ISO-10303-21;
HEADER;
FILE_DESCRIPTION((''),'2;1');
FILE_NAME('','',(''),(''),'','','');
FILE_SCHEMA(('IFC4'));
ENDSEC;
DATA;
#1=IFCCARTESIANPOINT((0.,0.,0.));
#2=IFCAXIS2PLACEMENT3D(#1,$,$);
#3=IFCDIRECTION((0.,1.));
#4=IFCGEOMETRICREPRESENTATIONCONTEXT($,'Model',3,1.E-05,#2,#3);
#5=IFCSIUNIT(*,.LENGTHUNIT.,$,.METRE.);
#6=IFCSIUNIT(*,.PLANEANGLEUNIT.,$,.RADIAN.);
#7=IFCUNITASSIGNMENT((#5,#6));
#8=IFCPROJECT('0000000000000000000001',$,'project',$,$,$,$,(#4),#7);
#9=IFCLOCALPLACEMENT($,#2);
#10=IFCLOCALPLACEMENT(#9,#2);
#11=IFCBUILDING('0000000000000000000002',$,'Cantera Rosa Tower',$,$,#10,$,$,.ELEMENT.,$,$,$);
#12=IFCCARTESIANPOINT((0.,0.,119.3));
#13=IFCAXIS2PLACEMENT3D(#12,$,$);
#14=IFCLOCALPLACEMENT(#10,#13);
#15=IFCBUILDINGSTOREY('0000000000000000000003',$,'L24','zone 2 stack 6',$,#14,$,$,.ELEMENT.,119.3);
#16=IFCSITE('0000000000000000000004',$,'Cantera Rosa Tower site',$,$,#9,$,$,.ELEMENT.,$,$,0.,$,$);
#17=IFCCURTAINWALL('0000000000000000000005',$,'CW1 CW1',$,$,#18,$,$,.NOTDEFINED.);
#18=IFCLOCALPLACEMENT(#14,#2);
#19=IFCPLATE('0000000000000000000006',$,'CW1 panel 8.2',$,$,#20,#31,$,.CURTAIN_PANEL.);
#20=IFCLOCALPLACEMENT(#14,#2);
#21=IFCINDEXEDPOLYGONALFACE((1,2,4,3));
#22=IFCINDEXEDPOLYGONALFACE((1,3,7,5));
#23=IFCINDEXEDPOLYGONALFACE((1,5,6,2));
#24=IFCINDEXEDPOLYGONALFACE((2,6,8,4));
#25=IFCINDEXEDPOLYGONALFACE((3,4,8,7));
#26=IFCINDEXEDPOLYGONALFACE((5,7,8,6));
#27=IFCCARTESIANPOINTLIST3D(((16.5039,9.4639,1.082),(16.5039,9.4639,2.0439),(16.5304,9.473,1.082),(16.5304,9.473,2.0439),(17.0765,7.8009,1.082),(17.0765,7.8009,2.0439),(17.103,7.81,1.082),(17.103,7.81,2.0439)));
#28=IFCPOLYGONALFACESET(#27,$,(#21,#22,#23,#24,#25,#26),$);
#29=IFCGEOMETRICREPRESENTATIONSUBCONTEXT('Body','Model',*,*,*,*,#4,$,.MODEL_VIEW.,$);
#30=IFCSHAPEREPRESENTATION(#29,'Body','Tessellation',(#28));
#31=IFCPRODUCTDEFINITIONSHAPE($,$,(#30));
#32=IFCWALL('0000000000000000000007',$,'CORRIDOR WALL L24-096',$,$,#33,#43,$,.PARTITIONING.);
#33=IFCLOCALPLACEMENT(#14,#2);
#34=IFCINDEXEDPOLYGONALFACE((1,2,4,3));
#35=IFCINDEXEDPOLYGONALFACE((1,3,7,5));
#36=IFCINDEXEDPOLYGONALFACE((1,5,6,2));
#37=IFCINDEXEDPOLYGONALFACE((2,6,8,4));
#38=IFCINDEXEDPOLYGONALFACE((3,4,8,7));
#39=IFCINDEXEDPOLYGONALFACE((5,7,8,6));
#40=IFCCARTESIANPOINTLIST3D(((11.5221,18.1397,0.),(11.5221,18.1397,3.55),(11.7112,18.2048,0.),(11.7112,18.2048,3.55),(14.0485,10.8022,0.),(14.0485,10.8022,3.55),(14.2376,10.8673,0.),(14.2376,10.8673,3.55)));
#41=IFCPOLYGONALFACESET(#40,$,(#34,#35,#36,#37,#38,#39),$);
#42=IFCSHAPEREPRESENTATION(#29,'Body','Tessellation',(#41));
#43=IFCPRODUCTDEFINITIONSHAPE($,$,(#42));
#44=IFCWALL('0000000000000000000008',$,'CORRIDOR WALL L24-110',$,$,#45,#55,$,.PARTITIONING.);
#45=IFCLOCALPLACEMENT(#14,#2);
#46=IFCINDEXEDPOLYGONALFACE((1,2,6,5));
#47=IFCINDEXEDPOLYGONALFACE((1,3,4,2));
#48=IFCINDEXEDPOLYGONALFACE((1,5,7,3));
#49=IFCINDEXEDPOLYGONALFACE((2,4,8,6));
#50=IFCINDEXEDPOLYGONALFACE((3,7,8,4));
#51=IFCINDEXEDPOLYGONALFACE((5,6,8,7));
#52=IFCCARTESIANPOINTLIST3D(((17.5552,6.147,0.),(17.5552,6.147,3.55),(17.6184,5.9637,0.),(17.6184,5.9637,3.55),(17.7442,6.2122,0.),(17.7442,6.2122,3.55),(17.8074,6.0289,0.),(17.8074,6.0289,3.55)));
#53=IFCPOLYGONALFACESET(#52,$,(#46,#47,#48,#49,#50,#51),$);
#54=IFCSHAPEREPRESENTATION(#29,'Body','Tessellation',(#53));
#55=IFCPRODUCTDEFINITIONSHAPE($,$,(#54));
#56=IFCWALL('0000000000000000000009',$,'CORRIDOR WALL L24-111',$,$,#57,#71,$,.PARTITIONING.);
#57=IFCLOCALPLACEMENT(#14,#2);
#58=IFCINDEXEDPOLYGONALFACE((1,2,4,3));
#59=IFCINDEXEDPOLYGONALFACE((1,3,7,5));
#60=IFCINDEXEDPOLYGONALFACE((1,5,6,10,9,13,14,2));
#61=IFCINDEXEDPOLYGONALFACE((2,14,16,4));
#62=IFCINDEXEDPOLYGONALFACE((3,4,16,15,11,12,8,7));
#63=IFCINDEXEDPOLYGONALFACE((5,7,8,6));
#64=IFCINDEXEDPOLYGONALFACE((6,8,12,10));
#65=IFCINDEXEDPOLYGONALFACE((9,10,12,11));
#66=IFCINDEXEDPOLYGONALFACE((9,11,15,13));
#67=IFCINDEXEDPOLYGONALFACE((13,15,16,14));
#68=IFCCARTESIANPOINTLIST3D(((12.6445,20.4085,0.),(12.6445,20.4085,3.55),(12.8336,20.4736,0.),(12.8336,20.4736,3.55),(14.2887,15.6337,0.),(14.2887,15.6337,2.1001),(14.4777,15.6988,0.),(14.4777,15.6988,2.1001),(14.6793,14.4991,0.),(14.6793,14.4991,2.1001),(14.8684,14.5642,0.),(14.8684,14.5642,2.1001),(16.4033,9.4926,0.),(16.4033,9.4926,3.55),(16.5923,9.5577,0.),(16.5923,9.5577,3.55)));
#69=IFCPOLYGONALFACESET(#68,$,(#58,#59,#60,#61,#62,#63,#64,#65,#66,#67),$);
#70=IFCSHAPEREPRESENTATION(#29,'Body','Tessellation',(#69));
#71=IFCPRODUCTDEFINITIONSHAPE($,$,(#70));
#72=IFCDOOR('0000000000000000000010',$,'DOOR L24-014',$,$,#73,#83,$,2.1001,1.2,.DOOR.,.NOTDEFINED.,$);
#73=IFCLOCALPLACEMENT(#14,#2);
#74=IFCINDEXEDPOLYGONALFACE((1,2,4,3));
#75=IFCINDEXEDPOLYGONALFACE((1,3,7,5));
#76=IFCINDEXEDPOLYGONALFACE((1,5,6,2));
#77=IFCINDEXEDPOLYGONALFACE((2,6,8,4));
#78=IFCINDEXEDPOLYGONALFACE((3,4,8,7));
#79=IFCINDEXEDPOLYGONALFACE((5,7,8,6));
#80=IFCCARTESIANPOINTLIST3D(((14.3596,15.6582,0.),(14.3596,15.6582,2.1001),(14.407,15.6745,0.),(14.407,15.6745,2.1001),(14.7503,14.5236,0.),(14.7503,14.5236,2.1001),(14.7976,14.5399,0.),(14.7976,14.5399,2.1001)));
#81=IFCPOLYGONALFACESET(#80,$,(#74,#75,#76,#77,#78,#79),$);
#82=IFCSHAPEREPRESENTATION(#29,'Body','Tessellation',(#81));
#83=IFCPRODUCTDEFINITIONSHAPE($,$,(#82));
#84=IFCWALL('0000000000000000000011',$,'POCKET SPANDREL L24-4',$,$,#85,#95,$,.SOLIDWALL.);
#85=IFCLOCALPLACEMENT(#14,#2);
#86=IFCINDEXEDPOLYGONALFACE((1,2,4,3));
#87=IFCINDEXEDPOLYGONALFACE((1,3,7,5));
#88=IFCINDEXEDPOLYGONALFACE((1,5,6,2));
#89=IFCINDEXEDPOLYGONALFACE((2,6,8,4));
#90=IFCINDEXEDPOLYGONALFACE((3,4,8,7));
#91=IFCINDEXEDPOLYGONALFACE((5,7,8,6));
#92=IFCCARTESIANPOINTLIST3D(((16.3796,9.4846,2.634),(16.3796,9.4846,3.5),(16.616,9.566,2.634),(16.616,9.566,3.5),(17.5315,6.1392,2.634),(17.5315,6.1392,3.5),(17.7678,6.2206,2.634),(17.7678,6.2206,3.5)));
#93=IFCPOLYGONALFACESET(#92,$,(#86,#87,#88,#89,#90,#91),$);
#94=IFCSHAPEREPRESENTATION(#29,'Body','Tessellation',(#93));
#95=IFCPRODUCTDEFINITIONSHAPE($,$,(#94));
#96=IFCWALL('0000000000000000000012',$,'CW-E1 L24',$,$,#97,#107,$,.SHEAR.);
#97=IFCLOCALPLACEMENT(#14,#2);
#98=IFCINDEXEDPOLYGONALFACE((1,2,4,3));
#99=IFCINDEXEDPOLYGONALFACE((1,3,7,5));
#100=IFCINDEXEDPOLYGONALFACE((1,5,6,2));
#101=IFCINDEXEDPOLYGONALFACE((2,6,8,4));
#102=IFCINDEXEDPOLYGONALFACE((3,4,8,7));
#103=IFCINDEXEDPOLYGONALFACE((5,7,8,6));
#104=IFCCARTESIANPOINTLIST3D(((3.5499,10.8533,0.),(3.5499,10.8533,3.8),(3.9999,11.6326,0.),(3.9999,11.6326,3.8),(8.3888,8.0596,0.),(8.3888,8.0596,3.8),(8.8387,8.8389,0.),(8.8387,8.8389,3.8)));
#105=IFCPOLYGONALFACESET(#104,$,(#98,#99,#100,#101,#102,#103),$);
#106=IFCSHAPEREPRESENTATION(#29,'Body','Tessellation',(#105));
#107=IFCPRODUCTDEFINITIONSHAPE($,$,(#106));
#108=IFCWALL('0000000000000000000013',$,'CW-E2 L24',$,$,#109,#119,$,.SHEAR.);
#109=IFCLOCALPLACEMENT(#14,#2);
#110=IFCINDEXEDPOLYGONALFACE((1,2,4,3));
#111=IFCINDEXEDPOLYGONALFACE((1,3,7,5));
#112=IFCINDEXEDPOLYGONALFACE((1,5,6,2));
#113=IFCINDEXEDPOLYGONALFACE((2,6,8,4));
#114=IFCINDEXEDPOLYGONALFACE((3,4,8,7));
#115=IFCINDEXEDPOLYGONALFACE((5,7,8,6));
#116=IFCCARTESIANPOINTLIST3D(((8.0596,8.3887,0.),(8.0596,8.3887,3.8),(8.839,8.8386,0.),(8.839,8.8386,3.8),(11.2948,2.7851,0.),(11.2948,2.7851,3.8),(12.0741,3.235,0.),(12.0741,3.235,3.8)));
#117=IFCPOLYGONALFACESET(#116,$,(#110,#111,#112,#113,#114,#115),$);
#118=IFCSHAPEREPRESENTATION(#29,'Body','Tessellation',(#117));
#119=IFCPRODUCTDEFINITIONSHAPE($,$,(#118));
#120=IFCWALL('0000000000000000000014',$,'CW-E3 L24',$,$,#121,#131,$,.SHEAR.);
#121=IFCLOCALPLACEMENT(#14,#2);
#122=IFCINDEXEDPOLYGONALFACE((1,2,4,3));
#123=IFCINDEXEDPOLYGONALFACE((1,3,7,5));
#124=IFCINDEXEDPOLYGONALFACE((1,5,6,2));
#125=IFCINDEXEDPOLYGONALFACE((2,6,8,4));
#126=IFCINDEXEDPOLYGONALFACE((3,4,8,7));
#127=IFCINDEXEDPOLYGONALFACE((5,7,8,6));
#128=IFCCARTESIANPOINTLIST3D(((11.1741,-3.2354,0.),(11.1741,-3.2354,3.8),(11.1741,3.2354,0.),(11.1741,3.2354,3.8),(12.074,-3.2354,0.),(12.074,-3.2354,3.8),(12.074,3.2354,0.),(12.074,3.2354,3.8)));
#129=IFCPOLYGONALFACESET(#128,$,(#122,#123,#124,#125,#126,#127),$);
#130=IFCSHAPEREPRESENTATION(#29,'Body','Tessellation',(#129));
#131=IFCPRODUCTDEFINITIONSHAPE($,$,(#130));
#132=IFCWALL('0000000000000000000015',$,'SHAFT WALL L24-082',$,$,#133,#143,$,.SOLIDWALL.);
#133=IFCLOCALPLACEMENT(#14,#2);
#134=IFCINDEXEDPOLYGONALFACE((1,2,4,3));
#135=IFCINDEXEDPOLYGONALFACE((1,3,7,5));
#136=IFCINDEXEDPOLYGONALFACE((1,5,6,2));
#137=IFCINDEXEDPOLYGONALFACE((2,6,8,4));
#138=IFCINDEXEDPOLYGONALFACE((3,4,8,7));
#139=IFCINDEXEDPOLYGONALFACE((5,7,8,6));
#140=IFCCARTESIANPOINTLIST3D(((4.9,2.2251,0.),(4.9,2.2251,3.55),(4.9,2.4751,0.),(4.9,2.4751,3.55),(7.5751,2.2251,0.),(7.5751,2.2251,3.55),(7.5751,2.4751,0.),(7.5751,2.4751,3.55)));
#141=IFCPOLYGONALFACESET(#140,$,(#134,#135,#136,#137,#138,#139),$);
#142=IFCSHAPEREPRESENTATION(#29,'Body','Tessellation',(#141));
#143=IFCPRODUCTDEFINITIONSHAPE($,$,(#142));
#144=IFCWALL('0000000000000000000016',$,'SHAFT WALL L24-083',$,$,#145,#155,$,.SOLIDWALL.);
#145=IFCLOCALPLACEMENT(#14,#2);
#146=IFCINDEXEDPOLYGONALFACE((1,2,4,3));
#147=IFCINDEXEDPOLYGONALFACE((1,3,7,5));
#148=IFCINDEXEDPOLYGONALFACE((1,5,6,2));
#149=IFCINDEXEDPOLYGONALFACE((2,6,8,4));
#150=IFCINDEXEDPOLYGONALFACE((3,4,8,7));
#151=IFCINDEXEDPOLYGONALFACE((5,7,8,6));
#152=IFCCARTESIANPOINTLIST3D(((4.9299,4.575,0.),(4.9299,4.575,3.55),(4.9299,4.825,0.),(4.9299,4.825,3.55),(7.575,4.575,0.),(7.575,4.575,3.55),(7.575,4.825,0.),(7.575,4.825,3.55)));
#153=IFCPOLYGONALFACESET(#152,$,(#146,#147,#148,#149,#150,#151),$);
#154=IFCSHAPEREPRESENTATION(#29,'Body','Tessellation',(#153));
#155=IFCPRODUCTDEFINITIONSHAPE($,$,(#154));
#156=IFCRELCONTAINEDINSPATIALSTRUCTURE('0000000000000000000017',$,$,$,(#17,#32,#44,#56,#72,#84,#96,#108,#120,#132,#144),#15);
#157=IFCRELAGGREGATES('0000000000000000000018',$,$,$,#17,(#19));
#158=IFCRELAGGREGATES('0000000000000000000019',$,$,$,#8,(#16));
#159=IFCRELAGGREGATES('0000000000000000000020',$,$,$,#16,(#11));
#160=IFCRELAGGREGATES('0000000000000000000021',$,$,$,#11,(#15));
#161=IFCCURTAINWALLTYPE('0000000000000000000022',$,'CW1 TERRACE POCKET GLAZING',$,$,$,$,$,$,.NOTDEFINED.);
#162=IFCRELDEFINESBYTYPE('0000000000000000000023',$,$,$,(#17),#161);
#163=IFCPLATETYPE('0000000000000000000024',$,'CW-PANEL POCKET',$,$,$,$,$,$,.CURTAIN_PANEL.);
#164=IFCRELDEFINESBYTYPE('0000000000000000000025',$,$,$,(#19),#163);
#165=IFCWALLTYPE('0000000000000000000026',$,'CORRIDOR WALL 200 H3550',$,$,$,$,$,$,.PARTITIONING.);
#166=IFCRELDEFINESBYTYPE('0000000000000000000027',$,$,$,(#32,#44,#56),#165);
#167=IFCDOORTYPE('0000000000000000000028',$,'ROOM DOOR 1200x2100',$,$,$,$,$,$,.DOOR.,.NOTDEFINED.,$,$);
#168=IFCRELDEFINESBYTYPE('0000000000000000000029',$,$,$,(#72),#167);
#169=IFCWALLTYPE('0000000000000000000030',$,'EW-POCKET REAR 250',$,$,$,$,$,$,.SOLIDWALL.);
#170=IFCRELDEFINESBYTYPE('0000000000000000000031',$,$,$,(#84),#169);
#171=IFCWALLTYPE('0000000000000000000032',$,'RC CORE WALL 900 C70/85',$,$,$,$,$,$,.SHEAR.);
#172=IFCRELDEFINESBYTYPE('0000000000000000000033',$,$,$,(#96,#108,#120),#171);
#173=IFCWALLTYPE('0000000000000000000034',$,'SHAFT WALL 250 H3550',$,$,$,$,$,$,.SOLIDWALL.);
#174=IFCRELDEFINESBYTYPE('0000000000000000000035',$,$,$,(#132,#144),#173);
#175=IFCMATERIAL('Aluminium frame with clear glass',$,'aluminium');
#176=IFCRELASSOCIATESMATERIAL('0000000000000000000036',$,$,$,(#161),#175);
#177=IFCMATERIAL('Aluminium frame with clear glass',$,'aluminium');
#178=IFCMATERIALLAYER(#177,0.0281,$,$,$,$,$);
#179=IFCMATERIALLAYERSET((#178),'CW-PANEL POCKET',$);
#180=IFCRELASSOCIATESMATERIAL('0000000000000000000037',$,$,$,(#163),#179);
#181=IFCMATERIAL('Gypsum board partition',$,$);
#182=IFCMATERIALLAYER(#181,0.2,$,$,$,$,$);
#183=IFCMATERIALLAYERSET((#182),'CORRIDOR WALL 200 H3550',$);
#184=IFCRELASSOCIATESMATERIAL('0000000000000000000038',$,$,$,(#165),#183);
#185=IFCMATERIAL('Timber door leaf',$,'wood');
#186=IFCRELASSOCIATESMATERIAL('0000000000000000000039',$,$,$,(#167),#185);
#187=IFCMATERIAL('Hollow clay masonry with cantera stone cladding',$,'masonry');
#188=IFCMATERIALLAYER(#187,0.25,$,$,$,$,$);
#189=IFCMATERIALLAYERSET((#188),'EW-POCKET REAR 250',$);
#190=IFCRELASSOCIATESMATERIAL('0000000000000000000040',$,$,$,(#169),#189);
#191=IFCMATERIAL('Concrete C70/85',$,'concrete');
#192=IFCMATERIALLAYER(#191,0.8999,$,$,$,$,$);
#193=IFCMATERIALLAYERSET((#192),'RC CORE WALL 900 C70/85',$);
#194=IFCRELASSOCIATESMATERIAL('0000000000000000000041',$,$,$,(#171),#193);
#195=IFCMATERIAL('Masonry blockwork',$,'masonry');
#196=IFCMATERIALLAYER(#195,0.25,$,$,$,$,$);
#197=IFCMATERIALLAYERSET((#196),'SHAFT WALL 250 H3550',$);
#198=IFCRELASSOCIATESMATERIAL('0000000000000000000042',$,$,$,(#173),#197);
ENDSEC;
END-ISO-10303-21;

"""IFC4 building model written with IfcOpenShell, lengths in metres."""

from ifc_helpers import new_model, si_unit, direction, frame, frame_2d, origin, origin_2d, place, context, subcontext, project, spatial, rectangle, extrude, material, layer, layer_set, type_object, element, fill, aggregate, save


model = new_model("IFC4")

# Units and contexts
model_context = context("Model", 3, precision=1e-05, world=origin(), true_north=direction((0.0, 1.0)))
body_context = subcontext(model_context, "Body", "Model", "MODEL_VIEW")
ifc_project = project(units=[si_unit("LENGTHUNIT", "METRE"), si_unit("PLANEANGLEUNIT", "RADIAN")], contexts=[model_context])

# Site, building, storey
site_placement = place(None, origin())
site = spatial("IfcSite", under=ifc_project, at=site_placement, Name="Cantera Rosa Tower site", CompositionType="ELEMENT", RefElevation=0.0)
building_placement = place(site_placement, origin())
building = spatial("IfcBuilding", under=site, at=building_placement, Name="Cantera Rosa Tower", CompositionType="ELEMENT")
storey_placement = place(building_placement, frame((0.0, 0.0, 119.3)))
storey = spatial("IfcBuildingStorey", under=building, at=storey_placement, Name="L24", Description="zone 2 stack 6", CompositionType="ELEMENT", Elevation=119.3)

# Curtain wall
ifc_material_1 = material(Name="Aluminium frame with clear glass", Category="aluminium")
curtain_wall_type = type_object("IfcCurtainWallType", Name="CW1 TERRACE POCKET GLAZING", PredefinedType="NOTDEFINED", material=ifc_material_1)
curtain_wall_placement = place(storey_placement, origin())
curtain_wall = element("IfcCurtainWall", 1, at=curtain_wall_placement, inside=storey, type_object=curtain_wall_type, Name="CW1 CW1", PredefinedType="NOTDEFINED")

# Plate
ifc_material_2 = material(Name="Aluminium frame with clear glass", Category="aluminium")
ifc_layer_1 = layer(ifc_material_2, 0.0281)
ifc_layer_set_1 = layer_set([ifc_layer_1], Name="CW-PANEL POCKET")
plate_type = type_object("IfcPlateType", Name="CW-PANEL POCKET", PredefinedType="CURTAIN_PANEL", material=ifc_layer_set_1)
plate_1_placement = place(storey_placement, frame((16.8035, 8.637, 1.082), z_axis=(0.0, 0.0, 1.0), x_axis=(-0.325568, 0.945519, 0.0)))
plate_1 = element("IfcPlate", 2, at=plate_1_placement, type_object=plate_type, Name="CW1 panel 8.2", PredefinedType="CURTAIN_PANEL", context=body_context, shape_type="SweptSolid", body=[
    extrude(rectangle(XDim=1.7588, YDim=0.0281, at=origin_2d()), origin(), (0.0, 0.0, 1.0), 0.9619),
])
aggregate(curtain_wall, [plate_1])

# Walls
ifc_material_3 = material(Name="Gypsum board partition")
ifc_layer_2 = layer(ifc_material_3, 0.2)
ifc_layer_set_2 = layer_set([ifc_layer_2], Name="CORRIDOR WALL 200 H3550")
wall_type_1 = type_object("IfcWallType", Name="CORRIDOR WALL 200 H3550", PredefinedType="PARTITIONING", material=ifc_layer_set_2)
wall_1_placement = place(storey_placement, frame((14.1431, 10.8347, 0.0), z_axis=(0.0, 0.0, 1.0), x_axis=(-0.325556, 0.945523, 0.0)))
element("IfcWall", 3, at=wall_1_placement, inside=storey, type_object=wall_type_1, Name="CORRIDOR WALL L24-096", PredefinedType="PARTITIONING", context=body_context, shape_type="SweptSolid", body=[
    extrude(rectangle(XDim=7.7603, YDim=0.2, at=frame_2d((3.8801, 0.0))), origin(), (0.0, 0.0, 1.0), 3.55),
])
wall_2_placement = place(storey_placement, frame((17.7129, 5.9963, 0.0), z_axis=(0.0, 0.0, 1.0), x_axis=(-0.326029, 0.94536, 0.0)))
element("IfcWall", 4, at=wall_2_placement, inside=storey, type_object=wall_type_1, Name="CORRIDOR WALL L24-110", PredefinedType="PARTITIONING", context=body_context, shape_type="SweptSolid", body=[
    extrude(rectangle(XDim=0.1938, YDim=0.2, at=frame_2d((0.0969, 0.0))), origin(), (0.0, 0.0, 1.0), 3.55),
])

# Wall, opening, door
wall_3_placement = place(storey_placement, frame((16.4978, 9.5251, 0.0), z_axis=(0.0, 0.0, 1.0), x_axis=(-0.325576, 0.945516, 0.0)))
wall_3 = element("IfcWall", 5, at=wall_3_placement, inside=storey, type_object=wall_type_1, Name="CORRIDOR WALL L24-111", PredefinedType="PARTITIONING", context=body_context, shape_type="SweptSolid", body=[
    extrude(rectangle(XDim=11.5449, YDim=0.2, at=frame_2d((5.7725, 0.0))), origin(), (0.0, 0.0, 1.0), 3.55),
])
opening_1_placement = place(wall_3_placement, frame((5.2949, 0.0, 0.0)))
opening_1 = element("IfcOpeningElement", 6, at=opening_1_placement, cuts=wall_3, PredefinedType="OPENING", context=body_context, shape_type="SweptSolid", body=[
    extrude(rectangle(XDim=1.2, YDim=2.1001, at=frame_2d((0.6001, 1.05))), frame((0.0, 0.1099, 0.0), z_axis=(0.0, -1.0, 0.0), x_axis=(1.0, 0.0, 0.0)), (0.0, 0.0, 1.0), 0.22),
])
ifc_material_4 = material(Name="Timber door leaf", Category="wood")
door_type_1 = type_object("IfcDoorType", Name="ROOM DOOR 1200x2100", OperationType="NOTDEFINED", PredefinedType="DOOR", material=ifc_material_4)
door_1_placement = place(opening_1_placement, origin())
door_1 = element("IfcDoor", 7, at=door_1_placement, inside=storey, type_object=door_type_1, Name="DOOR L24-014", OperationType="NOTDEFINED", OverallHeight=2.1001, OverallWidth=1.2, PredefinedType="DOOR", context=body_context, shape_type="SweptSolid", body=[
    extrude(rectangle(XDim=1.2, YDim=2.1001, at=frame_2d((0.6001, 1.05))), frame((0.0, 0.0249, 0.0), z_axis=(0.0, -1.0, 0.0), x_axis=(1.0, 0.0, 0.0)), (0.0, 0.0, 1.0), 0.05),
])
fill(opening_1, door_1)

# Walls
ifc_material_5 = material(Name="Hollow clay masonry with cantera stone cladding", Category="masonry")
ifc_layer_3 = layer(ifc_material_5, 0.25)
ifc_layer_set_3 = layer_set([ifc_layer_3], Name="EW-POCKET REAR 250")
wall_type_2 = type_object("IfcWallType", Name="EW-POCKET REAR 250", PredefinedType="SOLIDWALL", material=ifc_layer_set_3)
wall_4_placement = place(storey_placement, frame((17.6497, 6.1799, 2.634), z_axis=(0.0, 0.0, 1.0), x_axis=(-0.32557, 0.945518, 0.0)))
element("IfcWall", 8, at=wall_4_placement, inside=storey, type_object=wall_type_2, Name="POCKET SPANDREL L24-4", PredefinedType="SOLIDWALL", context=body_context, shape_type="SweptSolid", body=[
    extrude(rectangle(XDim=3.5381, YDim=0.25, at=frame_2d((1.769, 0.0))), origin(), (0.0, 0.0, 1.0), 0.866),
])
ifc_material_6 = material(Name="Concrete C70/85", Category="concrete")
ifc_layer_4 = layer(ifc_material_6, 0.8999)
ifc_layer_set_4 = layer_set([ifc_layer_4], Name="RC CORE WALL 900 C70/85")
wall_type_3 = type_object("IfcWallType", Name="RC CORE WALL 900 C70/85", PredefinedType="SHEAR", material=ifc_layer_set_4)
wall_5_placement = place(storey_placement, frame((3.7749, 11.2429, 0.0), z_axis=(0.0, 0.0, 1.0), x_axis=(0.866027, -0.499997, 0.0)))
element("IfcWall", 9, at=wall_5_placement, inside=storey, type_object=wall_type_3, Name="CW-E1 L24", PredefinedType="SHEAR", context=body_context, shape_type="SweptSolid", body=[
    extrude(rectangle(XDim=5.5874, YDim=0.8999, at=frame_2d((2.7937, 0.0))), origin(), (0.0, 0.0, 1.0), 3.8),
])
wall_6_placement = place(storey_placement, frame((8.4492, 8.6138, 0.0), z_axis=(0.0, 0.0, 1.0), x_axis=(0.49999, -0.866031, 0.0)))
element("IfcWall", 10, at=wall_6_placement, inside=storey, type_object=wall_type_3, Name="CW-E2 L24", PredefinedType="SHEAR", context=body_context, shape_type="SweptSolid", body=[
    extrude(rectangle(XDim=6.4705, YDim=0.8999, at=frame_2d((3.2354, 0.0))), origin(), (0.0, 0.0, 1.0), 3.8),
])
wall_7_placement = place(storey_placement, frame((11.624, 3.2354, 0.0), z_axis=(0.0, 0.0, 1.0), x_axis=(0.0, -1.0, 0.0)))
element("IfcWall", 11, at=wall_7_placement, inside=storey, type_object=wall_type_3, Name="CW-E3 L24", PredefinedType="SHEAR", context=body_context, shape_type="SweptSolid", body=[
    extrude(rectangle(XDim=6.4707, YDim=0.8999, at=frame_2d((3.2354, 0.0))), origin(), (0.0, 0.0, 1.0), 3.8),
])
ifc_material_7 = material(Name="Masonry blockwork", Category="masonry")
ifc_layer_5 = layer(ifc_material_7, 0.25)
ifc_layer_set_5 = layer_set([ifc_layer_5], Name="SHAFT WALL 250 H3550")
wall_type_4 = type_object("IfcWallType", Name="SHAFT WALL 250 H3550", PredefinedType="SOLIDWALL", material=ifc_layer_set_5)
wall_8_placement = place(storey_placement, frame((7.575, 2.3501, 0.0), z_axis=(0.0, 0.0, 1.0), x_axis=(-1.0, 0.0, 0.0)))
element("IfcWall", 12, at=wall_8_placement, inside=storey, type_object=wall_type_4, Name="SHAFT WALL L24-082", PredefinedType="SOLIDWALL", context=body_context, shape_type="SweptSolid", body=[
    extrude(rectangle(XDim=2.675, YDim=0.25, at=frame_2d((1.3374, 0.0))), origin(), (0.0, 0.0, 1.0), 3.55),
])
wall_9_placement = place(storey_placement, frame((7.575, 4.7, 0.0), z_axis=(0.0, 0.0, 1.0), x_axis=(-1.0, 0.0, 0.0)))
element("IfcWall", 13, at=wall_9_placement, inside=storey, type_object=wall_type_4, Name="SHAFT WALL L24-083", PredefinedType="SOLIDWALL", context=body_context, shape_type="SweptSolid", body=[
    extrude(rectangle(XDim=2.645, YDim=0.25, at=frame_2d((1.3225, 0.0))), origin(), (0.0, 0.0, 1.0), 3.55),
])

save(model, "model.ifc")
